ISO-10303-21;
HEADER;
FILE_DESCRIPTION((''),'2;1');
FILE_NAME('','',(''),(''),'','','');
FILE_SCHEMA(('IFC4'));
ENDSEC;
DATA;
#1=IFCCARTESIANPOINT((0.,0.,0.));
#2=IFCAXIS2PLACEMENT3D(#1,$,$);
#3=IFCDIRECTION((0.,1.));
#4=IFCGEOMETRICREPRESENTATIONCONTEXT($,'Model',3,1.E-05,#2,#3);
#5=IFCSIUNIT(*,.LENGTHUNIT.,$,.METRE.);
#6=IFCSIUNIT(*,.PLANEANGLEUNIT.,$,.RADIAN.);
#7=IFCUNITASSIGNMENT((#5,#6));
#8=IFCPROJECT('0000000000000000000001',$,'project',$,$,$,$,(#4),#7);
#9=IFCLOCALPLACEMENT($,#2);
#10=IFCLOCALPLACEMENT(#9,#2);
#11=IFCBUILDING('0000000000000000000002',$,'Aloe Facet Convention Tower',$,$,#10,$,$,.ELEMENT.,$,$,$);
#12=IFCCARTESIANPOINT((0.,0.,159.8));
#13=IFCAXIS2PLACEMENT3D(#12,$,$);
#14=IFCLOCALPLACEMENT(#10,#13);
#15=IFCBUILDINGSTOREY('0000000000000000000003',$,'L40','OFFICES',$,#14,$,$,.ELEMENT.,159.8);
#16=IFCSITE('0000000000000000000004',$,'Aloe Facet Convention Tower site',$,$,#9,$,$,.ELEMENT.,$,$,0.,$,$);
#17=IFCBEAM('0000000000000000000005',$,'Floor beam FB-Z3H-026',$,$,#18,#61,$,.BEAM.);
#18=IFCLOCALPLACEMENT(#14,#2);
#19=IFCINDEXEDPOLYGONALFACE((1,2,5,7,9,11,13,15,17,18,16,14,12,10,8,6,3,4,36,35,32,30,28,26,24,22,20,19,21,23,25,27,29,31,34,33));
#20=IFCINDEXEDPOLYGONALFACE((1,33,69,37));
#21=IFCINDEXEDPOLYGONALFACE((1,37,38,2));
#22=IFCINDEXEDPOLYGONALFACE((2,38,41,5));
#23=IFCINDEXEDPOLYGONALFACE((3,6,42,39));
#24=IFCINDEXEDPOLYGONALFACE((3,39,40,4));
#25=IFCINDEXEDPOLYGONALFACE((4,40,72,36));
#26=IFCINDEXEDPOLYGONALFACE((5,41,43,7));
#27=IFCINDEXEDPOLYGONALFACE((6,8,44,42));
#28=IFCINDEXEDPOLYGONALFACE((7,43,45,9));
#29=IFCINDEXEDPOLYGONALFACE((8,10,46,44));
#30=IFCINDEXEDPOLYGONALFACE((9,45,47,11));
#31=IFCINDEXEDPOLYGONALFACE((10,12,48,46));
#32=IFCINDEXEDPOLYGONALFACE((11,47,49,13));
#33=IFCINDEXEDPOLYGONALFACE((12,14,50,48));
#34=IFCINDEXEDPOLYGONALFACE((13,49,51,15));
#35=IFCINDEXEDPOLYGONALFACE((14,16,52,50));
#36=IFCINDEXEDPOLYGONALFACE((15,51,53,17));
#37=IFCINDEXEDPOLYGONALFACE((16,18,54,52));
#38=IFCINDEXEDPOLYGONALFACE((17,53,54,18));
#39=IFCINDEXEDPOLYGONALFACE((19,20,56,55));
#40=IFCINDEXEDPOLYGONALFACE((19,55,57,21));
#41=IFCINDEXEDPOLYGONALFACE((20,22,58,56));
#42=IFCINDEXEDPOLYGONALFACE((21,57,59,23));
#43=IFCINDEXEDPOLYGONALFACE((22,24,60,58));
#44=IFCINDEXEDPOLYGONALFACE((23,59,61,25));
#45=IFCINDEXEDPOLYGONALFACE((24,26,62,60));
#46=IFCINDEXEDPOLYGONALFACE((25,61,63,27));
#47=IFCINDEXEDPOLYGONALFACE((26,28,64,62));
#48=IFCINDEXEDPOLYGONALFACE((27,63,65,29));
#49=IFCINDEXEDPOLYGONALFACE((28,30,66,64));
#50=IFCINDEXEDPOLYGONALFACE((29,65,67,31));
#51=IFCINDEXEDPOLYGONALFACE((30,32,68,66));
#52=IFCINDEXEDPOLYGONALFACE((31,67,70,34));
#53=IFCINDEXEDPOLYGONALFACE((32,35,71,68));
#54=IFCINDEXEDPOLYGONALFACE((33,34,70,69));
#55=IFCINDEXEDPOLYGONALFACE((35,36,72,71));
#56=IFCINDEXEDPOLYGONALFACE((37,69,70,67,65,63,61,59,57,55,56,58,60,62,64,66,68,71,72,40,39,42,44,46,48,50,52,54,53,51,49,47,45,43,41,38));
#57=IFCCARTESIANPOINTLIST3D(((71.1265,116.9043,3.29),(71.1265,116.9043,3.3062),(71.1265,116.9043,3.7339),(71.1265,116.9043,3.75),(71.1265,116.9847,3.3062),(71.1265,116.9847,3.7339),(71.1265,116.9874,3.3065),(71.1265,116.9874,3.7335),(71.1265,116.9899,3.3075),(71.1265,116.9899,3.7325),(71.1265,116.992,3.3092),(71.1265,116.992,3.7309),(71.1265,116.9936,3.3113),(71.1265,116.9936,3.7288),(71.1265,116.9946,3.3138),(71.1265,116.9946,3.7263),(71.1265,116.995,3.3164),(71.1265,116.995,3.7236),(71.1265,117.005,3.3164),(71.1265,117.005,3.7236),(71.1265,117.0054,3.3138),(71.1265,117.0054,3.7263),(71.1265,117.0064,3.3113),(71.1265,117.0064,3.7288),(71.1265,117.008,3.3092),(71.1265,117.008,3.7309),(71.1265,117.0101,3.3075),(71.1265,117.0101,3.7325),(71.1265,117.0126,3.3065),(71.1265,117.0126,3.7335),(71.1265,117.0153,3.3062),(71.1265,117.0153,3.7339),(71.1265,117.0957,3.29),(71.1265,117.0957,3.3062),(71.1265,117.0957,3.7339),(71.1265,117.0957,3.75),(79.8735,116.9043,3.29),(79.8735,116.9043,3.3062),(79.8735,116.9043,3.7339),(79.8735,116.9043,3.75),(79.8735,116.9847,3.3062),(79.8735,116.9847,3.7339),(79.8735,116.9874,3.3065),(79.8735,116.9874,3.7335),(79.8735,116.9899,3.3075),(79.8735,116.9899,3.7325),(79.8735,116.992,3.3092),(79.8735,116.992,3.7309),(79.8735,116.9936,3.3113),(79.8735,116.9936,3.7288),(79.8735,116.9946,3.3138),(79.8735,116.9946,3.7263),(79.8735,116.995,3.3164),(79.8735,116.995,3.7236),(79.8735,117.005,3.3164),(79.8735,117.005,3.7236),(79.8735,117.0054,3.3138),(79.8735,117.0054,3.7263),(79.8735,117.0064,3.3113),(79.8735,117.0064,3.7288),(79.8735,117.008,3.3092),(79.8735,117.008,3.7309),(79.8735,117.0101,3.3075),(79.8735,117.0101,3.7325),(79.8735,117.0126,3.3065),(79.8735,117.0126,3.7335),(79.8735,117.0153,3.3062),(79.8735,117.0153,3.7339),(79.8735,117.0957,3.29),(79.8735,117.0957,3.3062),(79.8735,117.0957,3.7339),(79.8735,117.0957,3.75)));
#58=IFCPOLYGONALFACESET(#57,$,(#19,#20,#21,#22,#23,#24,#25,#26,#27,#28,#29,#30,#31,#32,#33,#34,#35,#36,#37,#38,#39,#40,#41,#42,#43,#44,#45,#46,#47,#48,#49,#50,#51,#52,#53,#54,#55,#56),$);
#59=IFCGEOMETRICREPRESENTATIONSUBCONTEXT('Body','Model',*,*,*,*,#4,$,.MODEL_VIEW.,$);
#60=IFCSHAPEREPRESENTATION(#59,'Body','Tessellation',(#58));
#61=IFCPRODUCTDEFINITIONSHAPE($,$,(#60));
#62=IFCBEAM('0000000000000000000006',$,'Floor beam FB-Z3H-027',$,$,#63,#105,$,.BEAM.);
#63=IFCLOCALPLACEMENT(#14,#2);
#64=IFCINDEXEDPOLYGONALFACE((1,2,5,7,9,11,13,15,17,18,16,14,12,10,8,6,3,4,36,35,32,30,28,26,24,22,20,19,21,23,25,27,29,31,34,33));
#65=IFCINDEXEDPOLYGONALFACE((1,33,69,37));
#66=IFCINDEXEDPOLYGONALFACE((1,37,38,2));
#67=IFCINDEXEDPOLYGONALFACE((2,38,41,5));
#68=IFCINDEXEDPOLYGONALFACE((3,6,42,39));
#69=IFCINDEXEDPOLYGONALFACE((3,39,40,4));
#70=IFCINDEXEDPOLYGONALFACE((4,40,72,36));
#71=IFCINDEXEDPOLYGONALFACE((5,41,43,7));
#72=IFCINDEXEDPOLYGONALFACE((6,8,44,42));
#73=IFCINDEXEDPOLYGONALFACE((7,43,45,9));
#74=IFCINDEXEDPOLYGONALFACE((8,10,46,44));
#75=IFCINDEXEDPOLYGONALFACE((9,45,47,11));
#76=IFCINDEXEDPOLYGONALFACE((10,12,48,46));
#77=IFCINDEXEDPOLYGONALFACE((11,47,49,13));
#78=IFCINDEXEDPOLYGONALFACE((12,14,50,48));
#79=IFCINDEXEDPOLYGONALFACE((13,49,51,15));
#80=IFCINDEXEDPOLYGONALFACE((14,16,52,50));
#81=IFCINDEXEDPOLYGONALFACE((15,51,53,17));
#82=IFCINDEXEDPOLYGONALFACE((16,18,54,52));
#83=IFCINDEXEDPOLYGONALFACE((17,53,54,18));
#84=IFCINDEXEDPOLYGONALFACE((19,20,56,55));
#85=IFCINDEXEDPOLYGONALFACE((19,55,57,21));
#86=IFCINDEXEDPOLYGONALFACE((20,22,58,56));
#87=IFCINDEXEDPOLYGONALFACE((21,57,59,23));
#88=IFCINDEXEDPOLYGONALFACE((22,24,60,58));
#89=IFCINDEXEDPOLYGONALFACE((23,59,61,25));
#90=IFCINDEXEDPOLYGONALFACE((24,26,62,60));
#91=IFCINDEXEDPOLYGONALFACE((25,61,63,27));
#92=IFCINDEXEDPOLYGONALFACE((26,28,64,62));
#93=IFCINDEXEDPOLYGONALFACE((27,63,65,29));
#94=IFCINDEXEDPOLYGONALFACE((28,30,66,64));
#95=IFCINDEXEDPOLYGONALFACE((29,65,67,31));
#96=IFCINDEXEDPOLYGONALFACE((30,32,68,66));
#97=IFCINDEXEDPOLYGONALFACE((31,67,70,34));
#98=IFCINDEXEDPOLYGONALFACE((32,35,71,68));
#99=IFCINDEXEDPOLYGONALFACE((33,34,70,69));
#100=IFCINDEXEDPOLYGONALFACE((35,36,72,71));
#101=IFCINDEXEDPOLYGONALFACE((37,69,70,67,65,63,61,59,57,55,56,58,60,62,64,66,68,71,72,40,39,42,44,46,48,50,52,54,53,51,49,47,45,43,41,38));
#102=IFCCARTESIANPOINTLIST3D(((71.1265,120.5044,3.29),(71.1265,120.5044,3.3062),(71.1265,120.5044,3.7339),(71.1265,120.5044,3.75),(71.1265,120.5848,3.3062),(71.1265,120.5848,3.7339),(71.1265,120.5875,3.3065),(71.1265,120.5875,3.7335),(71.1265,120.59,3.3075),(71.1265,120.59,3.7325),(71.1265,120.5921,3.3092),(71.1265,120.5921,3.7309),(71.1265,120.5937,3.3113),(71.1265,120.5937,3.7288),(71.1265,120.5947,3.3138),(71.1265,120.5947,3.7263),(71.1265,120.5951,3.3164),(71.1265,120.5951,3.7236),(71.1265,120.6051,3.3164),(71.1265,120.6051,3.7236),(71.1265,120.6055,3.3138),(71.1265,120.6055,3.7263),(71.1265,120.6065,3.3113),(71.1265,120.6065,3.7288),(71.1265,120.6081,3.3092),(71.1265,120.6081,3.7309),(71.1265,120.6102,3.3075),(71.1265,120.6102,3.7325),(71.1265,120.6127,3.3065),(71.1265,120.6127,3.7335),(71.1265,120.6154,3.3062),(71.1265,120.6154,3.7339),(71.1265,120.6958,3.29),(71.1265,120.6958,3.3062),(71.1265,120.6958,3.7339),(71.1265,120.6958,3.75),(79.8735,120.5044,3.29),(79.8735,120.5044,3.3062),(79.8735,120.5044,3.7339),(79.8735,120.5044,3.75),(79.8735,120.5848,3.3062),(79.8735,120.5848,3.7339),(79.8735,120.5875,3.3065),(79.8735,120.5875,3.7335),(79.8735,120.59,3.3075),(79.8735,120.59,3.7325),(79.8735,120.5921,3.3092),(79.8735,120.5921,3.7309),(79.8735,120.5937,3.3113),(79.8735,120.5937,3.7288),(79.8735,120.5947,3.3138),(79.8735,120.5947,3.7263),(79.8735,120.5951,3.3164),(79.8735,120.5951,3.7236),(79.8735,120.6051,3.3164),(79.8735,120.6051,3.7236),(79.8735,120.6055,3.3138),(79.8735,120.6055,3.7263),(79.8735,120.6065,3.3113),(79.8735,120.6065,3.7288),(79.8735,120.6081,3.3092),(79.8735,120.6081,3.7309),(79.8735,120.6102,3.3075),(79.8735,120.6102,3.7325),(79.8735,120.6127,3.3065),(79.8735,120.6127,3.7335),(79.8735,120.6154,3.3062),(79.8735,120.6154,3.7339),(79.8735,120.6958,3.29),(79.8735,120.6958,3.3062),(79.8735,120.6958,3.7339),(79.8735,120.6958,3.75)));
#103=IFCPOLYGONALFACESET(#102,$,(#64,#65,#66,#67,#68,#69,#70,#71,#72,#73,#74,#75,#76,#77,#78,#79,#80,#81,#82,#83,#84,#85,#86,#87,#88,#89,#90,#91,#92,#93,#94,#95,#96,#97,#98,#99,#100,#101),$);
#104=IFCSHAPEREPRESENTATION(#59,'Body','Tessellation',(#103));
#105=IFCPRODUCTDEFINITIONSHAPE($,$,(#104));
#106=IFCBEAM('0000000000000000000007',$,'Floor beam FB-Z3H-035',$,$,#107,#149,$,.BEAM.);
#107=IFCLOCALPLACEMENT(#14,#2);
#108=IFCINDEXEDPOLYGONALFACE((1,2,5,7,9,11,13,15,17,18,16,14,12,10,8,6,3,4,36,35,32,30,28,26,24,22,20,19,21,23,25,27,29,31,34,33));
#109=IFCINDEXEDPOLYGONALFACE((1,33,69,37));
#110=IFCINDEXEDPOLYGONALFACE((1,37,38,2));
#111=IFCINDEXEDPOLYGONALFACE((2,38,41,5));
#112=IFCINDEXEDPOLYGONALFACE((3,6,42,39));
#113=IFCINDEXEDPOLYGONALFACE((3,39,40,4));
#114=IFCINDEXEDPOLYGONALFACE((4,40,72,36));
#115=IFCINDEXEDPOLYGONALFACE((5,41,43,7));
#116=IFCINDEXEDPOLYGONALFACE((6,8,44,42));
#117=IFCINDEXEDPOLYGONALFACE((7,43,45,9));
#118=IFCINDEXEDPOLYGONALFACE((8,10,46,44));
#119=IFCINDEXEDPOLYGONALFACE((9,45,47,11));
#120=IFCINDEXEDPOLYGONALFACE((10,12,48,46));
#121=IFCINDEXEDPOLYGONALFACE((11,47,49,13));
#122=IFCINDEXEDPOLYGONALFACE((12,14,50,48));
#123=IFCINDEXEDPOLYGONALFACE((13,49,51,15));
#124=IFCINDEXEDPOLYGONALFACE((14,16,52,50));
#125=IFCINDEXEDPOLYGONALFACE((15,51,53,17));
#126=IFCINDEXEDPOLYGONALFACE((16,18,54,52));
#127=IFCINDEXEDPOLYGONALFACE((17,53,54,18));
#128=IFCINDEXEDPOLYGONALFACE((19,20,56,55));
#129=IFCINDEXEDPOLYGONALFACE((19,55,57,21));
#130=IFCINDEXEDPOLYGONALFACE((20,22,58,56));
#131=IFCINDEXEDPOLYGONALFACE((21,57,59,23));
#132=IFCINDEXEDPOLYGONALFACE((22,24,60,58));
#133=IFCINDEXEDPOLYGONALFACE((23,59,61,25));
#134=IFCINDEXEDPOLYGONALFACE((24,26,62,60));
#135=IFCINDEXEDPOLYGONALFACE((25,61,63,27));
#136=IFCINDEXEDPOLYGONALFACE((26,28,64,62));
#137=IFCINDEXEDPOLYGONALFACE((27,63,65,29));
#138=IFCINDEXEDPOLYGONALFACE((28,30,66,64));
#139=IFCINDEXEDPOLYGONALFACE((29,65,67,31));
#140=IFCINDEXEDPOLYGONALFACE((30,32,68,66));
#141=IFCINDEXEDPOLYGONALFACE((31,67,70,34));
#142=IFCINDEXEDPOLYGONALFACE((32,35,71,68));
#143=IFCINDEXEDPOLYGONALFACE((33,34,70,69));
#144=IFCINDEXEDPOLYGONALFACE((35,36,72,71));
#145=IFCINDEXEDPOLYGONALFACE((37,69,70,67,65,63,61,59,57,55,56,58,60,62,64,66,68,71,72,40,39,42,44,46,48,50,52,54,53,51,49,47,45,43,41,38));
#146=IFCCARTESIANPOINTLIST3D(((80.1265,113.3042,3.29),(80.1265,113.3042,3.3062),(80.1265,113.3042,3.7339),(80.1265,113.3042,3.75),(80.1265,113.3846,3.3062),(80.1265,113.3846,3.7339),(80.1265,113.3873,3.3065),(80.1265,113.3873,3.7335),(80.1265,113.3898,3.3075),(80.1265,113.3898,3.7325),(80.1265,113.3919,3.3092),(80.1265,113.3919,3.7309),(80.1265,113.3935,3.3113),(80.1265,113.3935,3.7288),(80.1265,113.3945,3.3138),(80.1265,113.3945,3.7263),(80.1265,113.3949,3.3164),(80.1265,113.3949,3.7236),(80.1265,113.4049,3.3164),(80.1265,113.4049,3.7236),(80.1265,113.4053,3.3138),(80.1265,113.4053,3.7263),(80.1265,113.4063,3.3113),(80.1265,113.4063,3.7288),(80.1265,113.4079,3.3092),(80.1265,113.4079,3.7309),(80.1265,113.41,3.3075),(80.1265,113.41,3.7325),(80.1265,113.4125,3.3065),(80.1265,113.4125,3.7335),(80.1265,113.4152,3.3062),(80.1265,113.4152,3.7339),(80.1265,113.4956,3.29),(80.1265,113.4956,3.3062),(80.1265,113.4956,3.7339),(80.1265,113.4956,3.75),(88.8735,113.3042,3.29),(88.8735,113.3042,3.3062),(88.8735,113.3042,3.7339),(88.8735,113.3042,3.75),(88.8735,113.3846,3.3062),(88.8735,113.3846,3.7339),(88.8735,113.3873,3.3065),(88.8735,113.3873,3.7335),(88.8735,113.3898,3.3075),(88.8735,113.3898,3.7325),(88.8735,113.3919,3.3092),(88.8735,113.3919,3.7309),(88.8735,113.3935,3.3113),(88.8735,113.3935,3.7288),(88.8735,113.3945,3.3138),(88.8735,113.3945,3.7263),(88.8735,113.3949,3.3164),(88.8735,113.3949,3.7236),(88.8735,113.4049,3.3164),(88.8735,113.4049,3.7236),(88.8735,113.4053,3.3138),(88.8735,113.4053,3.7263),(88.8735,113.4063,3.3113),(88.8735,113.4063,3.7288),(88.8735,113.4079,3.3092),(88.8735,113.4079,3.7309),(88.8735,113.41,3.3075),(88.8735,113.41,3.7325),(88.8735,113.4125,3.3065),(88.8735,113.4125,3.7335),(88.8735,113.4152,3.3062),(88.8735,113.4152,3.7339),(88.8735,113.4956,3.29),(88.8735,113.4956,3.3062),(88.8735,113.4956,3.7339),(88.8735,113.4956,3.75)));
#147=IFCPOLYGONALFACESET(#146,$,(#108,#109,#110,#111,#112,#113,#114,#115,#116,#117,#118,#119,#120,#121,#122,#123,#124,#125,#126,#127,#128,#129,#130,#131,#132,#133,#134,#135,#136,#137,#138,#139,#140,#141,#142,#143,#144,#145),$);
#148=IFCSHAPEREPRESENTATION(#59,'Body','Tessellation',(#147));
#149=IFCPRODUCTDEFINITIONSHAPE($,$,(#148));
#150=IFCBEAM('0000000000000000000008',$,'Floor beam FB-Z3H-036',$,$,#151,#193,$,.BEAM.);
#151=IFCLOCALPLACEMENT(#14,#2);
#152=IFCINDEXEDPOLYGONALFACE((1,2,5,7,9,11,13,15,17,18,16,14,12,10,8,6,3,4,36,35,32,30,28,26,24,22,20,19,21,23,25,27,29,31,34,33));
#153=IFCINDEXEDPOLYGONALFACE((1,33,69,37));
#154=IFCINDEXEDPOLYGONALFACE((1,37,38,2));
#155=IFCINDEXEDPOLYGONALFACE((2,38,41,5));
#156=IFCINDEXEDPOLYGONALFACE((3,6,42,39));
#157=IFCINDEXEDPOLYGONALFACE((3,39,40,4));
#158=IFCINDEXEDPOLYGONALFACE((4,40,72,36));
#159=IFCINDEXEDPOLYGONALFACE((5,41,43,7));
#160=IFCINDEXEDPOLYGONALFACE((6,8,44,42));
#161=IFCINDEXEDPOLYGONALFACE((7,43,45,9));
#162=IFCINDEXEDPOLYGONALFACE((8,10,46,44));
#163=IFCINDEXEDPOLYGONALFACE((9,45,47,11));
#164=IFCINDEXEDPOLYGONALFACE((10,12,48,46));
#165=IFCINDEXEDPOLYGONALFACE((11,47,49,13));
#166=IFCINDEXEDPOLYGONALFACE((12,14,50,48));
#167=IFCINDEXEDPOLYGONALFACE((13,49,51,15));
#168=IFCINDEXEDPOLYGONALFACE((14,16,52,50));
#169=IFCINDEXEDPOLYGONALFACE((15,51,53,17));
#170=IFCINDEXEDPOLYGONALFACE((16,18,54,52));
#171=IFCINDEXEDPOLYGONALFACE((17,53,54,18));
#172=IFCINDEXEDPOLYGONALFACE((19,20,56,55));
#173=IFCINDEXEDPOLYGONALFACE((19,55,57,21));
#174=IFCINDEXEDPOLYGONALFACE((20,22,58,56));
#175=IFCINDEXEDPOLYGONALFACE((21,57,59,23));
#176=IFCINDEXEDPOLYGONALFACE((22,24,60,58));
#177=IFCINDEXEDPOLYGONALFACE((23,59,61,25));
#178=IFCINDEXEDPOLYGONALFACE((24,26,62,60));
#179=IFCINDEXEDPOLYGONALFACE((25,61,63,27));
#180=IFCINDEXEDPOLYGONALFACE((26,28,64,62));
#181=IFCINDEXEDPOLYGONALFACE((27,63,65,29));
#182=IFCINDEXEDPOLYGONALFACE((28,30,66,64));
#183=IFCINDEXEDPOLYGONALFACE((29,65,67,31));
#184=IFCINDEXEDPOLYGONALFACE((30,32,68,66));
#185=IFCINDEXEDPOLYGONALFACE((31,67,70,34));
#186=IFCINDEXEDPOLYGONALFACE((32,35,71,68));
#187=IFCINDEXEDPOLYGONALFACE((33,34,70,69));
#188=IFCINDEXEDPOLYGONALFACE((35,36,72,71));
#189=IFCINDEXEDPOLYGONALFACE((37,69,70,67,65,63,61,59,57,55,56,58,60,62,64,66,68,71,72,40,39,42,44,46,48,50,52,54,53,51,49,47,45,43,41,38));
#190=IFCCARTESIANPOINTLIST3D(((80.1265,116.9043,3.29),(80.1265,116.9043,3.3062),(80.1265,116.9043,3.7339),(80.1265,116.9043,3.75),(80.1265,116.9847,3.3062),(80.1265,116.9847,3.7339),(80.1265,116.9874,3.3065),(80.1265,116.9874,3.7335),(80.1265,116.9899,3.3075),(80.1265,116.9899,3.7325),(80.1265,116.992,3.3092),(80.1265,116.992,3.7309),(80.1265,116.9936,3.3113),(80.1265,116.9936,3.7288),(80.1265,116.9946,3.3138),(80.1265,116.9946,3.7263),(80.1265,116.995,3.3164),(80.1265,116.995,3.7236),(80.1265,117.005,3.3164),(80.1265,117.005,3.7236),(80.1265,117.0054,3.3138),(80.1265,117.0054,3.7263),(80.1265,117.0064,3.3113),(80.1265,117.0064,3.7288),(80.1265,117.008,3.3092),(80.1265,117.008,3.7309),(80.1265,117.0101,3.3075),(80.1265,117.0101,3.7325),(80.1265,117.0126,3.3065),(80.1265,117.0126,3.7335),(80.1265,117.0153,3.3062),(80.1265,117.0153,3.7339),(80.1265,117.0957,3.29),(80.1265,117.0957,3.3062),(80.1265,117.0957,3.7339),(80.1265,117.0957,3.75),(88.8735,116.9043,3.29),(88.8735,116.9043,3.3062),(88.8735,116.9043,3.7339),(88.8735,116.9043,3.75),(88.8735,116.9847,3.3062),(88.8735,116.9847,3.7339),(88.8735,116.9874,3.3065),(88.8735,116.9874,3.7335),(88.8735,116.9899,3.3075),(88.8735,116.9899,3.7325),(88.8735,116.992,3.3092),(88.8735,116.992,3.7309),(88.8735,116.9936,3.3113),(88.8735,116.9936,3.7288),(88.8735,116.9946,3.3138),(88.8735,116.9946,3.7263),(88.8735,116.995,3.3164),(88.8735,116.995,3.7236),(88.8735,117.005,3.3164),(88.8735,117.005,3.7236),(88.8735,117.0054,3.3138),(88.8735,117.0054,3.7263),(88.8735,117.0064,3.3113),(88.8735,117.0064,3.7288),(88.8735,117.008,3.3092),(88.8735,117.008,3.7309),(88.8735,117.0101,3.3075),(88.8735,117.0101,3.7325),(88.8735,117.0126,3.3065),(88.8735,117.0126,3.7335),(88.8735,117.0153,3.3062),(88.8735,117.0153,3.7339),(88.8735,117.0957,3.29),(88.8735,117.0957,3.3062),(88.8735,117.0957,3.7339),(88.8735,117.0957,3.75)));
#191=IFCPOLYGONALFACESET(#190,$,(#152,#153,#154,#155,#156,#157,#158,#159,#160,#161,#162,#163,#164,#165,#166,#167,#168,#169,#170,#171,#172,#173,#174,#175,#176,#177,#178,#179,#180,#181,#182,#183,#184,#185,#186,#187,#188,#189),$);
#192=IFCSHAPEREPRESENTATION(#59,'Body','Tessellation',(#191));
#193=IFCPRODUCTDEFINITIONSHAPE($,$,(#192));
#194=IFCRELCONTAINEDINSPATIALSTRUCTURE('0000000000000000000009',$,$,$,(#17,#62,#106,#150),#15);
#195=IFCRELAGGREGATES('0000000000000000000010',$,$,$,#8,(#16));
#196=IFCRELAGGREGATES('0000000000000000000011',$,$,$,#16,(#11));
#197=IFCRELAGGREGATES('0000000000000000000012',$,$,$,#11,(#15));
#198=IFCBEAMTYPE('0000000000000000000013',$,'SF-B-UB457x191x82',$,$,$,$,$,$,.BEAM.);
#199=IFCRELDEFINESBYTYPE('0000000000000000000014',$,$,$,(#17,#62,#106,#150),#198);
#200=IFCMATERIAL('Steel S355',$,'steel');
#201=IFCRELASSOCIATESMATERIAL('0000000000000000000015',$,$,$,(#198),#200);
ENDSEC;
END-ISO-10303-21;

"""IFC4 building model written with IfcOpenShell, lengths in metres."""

from ifc_helpers import new_model, si_unit, direction, frame, origin, origin_2d, place, context, subcontext, project, spatial, i_section, extrude, material, material_profile, profile_set, type_object, element, save


model = new_model("IFC4")

# Units and contexts
model_context = context("Model", 3, precision=1e-05, world=origin(), true_north=direction((0.0, 1.0)))
body_context = subcontext(model_context, "Body", "Model", "MODEL_VIEW")
ifc_project = project(units=[si_unit("LENGTHUNIT", "METRE"), si_unit("PLANEANGLEUNIT", "RADIAN")], contexts=[model_context])

# Site, building, storey
site_placement = place(None, origin())
site = spatial("IfcSite", under=ifc_project, at=site_placement, Name="Aloe Facet Convention Tower site", CompositionType="ELEMENT", RefElevation=0.0)
building_placement = place(site_placement, origin())
building = spatial("IfcBuilding", under=site, at=building_placement, Name="Aloe Facet Convention Tower", CompositionType="ELEMENT")
storey_placement = place(building_placement, frame((0.0, 0.0, 159.8)))
storey = spatial("IfcBuildingStorey", under=building, at=storey_placement, Name="L40", Description="OFFICES", CompositionType="ELEMENT", Elevation=159.8)

# Beams
ifc_material_1 = material(Name="Steel S355", Category="steel")
ifc_material_profile_1 = material_profile(ifc_material_1, i_section(OverallWidth=0.1914, OverallDepth=0.46, WebThickness=0.01, FlangeThickness=0.0161, FilletRadius=0.0103, at=origin_2d()), Name="UB 457x191x82")
ifc_profile_set_1 = profile_set([ifc_material_profile_1], Name="Steel S355")
beam_type_1 = type_object("IfcBeamType", Name="SF-B-UB457x191x82", PredefinedType="BEAM", material=ifc_profile_set_1)
for number, where, z_axis, x_axis, name in (
    (1, (71.1265, 117.0, 3.52), (1.0, 0.0, 0.0), (0.0, 1.0, 0.0), "Floor beam FB-Z3H-026"),
    (2, (71.1265, 120.6001, 3.52), (1.0, 0.0, 0.0), (0.0, 1.0, 0.0), "Floor beam FB-Z3H-027"),
    (3, (80.1265, 113.3999, 3.52), (1.0, 0.0, 0.0), (0.0, 1.0, 0.0), "Floor beam FB-Z3H-035"),
    (4, (80.1265, 117.0, 3.52), (1.0, 0.0, 0.0), (0.0, 1.0, 0.0), "Floor beam FB-Z3H-036"),
):
    element("IfcBeam", number, at=place(storey_placement, frame(where, z_axis=z_axis, x_axis=x_axis)), inside=storey, type_object=beam_type_1, Name=name, PredefinedType="BEAM", context=body_context, shape_type="SweptSolid", body=[
        extrude(i_section(OverallWidth=0.1914, OverallDepth=0.46, WebThickness=0.01, FlangeThickness=0.0161, FilletRadius=0.0103, at=origin_2d()), origin(), (0.0, 0.0, 1.0), 8.7471),
    ])

save(model, "model.ifc")
